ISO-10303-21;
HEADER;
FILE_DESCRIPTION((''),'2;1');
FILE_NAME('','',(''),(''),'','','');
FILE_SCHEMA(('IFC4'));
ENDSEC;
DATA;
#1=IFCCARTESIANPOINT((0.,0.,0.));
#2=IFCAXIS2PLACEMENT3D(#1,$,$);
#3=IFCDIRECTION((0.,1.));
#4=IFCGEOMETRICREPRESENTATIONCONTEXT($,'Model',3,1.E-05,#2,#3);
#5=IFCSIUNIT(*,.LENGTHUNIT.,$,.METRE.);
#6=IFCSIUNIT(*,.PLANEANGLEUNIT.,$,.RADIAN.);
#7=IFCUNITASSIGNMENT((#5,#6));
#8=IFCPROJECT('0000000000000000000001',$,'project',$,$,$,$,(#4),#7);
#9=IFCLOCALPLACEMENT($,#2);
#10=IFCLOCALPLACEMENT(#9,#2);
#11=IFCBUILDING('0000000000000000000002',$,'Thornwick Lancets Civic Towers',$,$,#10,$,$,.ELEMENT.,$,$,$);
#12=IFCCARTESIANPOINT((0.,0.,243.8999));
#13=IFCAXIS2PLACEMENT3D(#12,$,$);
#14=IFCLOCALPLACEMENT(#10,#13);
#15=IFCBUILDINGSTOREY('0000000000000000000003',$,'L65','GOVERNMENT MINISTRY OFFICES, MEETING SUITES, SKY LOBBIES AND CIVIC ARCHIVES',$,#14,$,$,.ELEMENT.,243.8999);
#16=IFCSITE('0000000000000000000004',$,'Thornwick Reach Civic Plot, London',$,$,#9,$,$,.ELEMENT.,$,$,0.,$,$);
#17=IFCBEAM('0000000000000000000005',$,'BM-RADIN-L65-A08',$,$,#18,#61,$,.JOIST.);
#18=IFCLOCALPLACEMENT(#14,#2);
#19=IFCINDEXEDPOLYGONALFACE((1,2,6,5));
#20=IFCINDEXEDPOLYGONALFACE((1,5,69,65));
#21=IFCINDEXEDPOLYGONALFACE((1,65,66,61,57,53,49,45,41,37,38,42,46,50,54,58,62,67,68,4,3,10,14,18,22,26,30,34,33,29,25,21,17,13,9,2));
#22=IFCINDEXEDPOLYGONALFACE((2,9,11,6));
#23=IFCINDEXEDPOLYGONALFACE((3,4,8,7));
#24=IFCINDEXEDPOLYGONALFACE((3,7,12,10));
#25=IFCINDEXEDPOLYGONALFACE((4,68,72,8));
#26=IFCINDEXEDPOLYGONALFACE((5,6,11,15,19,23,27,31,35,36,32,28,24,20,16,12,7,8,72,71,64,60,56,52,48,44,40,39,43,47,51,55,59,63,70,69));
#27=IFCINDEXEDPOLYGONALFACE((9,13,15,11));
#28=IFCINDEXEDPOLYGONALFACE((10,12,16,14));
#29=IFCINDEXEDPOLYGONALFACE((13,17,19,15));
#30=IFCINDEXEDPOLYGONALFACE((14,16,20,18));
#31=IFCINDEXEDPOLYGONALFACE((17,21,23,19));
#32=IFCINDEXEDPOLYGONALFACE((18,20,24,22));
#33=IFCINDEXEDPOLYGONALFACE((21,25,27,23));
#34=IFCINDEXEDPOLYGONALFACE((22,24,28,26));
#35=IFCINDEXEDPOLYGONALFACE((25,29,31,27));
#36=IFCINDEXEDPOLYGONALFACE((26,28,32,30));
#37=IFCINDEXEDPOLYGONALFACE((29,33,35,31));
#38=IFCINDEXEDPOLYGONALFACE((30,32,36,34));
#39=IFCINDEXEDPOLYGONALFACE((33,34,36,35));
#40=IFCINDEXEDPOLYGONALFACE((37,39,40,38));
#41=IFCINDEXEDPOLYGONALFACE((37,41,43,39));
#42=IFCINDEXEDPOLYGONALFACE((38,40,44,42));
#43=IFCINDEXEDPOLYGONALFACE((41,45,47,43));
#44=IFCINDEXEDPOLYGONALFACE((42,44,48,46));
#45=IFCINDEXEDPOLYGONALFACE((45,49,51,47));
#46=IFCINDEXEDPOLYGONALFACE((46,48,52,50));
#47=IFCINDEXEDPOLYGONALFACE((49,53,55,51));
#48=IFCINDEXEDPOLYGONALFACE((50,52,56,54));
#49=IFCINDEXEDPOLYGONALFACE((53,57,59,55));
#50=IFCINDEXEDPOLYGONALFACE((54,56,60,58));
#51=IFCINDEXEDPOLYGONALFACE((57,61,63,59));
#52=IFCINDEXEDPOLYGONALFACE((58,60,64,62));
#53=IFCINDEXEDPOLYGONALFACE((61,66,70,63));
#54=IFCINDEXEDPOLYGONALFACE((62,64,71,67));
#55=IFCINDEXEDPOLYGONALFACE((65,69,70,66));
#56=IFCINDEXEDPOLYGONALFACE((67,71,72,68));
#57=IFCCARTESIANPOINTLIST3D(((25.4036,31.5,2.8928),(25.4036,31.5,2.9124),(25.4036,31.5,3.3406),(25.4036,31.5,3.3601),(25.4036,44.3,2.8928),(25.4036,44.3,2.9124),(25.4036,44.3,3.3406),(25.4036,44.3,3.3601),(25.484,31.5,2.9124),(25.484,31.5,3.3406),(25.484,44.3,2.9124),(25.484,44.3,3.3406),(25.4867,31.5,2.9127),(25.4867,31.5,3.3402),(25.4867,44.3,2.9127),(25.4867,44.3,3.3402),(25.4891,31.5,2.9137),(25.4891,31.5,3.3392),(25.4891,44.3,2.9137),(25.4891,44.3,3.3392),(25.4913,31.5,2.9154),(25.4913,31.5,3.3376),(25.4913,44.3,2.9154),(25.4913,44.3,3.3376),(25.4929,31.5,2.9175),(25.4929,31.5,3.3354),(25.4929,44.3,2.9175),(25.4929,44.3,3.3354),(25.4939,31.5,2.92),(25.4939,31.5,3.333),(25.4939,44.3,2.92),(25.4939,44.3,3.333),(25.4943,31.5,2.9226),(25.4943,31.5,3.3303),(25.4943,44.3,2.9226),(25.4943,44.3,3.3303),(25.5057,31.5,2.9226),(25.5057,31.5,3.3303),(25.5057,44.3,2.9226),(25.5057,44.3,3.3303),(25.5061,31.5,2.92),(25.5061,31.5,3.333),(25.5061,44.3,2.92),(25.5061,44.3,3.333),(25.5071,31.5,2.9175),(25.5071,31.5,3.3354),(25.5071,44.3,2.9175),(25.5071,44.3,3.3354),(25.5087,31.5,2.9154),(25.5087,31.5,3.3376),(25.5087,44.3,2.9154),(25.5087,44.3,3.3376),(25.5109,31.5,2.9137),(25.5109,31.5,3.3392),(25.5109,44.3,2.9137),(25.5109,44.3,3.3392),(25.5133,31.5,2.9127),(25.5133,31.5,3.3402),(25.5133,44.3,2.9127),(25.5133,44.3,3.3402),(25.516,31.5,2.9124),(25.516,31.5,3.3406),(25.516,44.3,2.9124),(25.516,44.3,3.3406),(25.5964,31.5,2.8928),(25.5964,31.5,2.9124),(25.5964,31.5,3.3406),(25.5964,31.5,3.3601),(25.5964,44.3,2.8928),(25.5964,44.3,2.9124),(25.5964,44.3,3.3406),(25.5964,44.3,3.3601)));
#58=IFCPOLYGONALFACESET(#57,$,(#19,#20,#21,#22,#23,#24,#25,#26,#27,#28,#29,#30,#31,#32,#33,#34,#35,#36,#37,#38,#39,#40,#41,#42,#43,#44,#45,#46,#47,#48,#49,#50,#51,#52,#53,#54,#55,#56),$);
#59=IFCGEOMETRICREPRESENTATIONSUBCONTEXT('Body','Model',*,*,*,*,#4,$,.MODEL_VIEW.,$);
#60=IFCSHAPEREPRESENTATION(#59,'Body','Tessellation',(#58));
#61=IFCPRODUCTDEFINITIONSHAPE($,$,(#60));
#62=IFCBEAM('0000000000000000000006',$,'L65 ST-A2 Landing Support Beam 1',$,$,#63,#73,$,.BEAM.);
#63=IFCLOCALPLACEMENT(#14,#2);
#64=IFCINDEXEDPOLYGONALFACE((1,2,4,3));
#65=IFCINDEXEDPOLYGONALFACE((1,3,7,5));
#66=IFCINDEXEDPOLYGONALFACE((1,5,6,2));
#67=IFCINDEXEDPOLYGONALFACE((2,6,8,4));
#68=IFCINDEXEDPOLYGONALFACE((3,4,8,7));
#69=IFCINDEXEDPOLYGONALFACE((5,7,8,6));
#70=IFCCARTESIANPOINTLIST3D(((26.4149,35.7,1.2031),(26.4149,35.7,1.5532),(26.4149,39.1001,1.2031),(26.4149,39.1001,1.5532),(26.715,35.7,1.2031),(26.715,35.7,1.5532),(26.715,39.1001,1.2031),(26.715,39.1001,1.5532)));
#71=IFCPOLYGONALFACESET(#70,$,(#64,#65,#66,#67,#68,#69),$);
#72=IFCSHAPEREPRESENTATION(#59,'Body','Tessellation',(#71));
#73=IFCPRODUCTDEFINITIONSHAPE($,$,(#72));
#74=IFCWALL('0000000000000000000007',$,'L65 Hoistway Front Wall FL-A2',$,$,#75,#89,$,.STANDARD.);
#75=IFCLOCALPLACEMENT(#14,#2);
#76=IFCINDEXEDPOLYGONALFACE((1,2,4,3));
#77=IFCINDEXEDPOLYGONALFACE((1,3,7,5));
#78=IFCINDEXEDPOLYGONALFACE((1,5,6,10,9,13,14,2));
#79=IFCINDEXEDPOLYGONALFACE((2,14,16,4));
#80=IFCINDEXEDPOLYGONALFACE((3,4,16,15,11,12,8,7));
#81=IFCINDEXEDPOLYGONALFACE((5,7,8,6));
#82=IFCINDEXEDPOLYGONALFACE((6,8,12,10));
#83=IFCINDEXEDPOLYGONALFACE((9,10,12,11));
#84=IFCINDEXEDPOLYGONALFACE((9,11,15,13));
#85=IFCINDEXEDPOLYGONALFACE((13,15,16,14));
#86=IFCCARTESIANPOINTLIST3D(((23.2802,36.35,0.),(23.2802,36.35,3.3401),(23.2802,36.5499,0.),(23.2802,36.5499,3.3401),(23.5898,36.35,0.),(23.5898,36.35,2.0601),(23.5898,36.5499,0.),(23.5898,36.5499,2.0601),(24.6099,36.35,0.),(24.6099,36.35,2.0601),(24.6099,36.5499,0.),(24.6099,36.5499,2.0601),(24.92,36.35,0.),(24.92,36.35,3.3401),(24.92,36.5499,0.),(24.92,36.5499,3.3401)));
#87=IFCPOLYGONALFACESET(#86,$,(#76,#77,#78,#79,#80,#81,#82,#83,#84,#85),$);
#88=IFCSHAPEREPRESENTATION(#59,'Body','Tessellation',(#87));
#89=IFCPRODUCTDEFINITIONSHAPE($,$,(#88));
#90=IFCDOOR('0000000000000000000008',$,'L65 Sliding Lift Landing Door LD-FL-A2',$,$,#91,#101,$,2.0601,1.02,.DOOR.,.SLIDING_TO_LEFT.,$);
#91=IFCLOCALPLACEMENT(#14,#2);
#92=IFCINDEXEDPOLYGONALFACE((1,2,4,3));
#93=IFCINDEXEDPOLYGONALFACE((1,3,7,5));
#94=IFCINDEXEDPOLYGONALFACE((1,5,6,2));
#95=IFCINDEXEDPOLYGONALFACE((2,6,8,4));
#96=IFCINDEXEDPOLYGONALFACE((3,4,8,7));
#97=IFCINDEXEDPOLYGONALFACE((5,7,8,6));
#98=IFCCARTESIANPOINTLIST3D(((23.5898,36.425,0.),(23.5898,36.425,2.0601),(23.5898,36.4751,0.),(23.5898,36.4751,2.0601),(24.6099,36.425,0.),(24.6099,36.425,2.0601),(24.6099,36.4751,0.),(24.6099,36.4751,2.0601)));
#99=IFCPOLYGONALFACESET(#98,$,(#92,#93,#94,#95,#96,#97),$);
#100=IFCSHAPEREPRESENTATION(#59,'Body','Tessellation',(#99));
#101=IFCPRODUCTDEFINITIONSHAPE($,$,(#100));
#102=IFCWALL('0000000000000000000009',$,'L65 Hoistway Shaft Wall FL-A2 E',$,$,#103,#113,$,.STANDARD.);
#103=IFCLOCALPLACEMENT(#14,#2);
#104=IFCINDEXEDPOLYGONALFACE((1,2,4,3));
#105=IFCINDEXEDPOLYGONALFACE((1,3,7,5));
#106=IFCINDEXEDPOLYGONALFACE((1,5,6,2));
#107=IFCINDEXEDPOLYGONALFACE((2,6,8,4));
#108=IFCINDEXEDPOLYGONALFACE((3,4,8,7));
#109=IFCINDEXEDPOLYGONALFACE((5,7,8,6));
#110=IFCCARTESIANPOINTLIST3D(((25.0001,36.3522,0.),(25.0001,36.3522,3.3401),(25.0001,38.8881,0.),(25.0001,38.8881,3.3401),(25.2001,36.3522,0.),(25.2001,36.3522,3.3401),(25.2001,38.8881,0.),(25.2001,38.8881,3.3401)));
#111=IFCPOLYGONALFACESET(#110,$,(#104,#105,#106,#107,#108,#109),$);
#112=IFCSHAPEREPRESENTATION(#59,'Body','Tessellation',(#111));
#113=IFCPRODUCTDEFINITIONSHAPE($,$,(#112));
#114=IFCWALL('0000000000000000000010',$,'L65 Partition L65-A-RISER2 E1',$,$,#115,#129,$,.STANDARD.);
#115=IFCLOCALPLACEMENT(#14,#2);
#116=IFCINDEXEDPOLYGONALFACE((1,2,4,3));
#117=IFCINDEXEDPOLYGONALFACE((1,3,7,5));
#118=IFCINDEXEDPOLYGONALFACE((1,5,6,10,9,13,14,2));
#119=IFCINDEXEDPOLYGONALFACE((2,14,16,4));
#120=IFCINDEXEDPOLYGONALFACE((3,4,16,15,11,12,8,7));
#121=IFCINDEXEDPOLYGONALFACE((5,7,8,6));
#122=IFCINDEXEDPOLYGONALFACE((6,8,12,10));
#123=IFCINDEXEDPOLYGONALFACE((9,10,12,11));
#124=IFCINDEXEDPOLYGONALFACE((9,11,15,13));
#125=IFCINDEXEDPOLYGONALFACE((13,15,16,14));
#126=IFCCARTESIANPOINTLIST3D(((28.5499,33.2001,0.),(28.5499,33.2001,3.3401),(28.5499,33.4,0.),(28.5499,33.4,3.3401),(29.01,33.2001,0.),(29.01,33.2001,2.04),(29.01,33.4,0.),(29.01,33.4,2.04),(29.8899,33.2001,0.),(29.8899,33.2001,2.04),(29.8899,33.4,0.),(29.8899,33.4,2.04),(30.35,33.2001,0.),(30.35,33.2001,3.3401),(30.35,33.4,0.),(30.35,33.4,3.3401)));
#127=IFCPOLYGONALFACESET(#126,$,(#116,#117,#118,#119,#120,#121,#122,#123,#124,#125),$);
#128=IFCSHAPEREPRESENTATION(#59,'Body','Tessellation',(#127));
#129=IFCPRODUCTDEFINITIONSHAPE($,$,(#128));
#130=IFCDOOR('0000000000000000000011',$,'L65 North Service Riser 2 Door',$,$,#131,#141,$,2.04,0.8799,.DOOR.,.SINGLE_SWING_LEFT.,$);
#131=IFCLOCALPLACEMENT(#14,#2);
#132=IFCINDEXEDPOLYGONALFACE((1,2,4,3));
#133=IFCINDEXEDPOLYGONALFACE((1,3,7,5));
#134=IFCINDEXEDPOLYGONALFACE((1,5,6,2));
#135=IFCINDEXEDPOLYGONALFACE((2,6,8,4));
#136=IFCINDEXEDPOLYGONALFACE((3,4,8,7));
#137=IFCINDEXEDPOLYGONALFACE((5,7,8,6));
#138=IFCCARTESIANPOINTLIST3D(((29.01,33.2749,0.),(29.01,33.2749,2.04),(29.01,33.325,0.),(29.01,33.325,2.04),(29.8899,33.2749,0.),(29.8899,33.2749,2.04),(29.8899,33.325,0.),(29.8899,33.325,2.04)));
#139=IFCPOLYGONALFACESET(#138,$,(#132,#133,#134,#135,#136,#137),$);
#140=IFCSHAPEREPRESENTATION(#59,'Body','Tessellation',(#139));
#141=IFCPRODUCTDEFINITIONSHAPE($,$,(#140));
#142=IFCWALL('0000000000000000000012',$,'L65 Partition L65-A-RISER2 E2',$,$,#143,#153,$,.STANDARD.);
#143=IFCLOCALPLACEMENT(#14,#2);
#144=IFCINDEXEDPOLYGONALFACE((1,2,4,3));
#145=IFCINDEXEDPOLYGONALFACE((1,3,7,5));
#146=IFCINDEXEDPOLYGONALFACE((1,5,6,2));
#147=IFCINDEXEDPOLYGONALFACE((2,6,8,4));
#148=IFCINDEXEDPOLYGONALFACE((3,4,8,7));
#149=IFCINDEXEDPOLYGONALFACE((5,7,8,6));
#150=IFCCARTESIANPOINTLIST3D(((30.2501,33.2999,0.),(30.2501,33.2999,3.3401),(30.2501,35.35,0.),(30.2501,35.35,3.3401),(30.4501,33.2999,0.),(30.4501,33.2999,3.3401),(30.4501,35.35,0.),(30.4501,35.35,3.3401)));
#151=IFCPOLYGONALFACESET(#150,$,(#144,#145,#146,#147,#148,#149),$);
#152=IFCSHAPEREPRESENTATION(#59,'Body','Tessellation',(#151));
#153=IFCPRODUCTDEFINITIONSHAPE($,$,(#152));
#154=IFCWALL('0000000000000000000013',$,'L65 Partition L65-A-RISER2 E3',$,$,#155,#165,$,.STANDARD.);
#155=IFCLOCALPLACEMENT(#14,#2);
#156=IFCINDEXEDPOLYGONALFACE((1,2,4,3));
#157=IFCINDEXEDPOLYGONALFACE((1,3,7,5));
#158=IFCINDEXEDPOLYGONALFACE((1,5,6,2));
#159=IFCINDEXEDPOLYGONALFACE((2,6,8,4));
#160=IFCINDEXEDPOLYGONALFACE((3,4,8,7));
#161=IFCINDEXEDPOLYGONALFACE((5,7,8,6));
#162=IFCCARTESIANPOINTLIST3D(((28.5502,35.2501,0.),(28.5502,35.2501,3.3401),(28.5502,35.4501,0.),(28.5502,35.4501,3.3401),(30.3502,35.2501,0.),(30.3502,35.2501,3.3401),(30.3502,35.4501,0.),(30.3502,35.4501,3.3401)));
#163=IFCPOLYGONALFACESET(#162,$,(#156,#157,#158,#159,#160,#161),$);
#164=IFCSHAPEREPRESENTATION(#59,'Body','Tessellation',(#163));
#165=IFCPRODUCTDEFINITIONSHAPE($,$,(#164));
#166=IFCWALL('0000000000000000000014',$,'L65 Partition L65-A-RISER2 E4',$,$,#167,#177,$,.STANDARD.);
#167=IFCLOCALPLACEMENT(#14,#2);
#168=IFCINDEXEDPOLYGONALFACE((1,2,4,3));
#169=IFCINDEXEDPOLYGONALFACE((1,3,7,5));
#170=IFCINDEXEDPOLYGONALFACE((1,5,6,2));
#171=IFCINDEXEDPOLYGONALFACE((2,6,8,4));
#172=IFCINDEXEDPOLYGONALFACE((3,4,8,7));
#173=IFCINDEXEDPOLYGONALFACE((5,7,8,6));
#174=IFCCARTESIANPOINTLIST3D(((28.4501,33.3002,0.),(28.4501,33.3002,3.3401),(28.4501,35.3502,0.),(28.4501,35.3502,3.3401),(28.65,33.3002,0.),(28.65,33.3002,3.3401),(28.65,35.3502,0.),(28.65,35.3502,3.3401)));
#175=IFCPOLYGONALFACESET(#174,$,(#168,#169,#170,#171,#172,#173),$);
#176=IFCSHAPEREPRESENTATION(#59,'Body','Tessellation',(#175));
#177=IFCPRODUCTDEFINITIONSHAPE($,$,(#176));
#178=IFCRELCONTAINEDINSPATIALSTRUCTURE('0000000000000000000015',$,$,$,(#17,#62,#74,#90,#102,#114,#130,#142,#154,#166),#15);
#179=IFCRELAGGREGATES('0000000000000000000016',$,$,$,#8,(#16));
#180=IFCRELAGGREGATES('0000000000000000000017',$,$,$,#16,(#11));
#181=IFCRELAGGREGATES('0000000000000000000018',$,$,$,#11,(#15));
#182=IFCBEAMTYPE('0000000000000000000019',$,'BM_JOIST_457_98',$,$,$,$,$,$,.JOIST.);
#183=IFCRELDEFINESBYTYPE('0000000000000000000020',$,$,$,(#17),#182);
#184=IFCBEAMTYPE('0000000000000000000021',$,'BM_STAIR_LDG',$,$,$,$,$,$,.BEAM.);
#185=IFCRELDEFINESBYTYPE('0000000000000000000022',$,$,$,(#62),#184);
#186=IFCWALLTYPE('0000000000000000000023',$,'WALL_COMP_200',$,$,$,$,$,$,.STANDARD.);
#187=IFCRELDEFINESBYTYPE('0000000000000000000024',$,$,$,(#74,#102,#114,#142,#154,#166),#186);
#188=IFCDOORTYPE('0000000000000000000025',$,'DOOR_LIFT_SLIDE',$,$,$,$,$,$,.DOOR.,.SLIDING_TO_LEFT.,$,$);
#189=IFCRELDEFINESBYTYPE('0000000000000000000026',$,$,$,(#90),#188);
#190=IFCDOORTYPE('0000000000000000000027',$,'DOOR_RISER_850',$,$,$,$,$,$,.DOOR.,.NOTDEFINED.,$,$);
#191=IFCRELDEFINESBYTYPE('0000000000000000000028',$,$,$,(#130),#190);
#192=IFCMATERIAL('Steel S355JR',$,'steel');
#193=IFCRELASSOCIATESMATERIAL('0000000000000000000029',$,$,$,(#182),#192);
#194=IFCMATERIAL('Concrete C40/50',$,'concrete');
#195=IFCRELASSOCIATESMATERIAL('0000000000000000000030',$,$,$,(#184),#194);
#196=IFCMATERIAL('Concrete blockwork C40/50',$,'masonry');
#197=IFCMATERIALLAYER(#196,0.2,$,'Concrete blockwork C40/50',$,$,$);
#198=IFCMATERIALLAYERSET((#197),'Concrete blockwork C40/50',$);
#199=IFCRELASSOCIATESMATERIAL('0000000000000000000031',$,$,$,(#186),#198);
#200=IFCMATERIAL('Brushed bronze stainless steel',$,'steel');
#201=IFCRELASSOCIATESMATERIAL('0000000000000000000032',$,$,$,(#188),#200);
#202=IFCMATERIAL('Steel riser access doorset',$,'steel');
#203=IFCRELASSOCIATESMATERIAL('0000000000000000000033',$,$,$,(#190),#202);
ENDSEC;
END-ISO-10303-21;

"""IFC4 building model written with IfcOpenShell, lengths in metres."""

from ifc_helpers import new_model, si_unit, direction, frame, frame_2d, origin, origin_2d, place, context, subcontext, project, spatial, rectangle, i_section, extrude, material, layer, layer_set, material_profile, profile_set, type_object, element, fill, save


model = new_model("IFC4")

# Units and contexts
model_context = context("Model", 3, precision=1e-05, world=origin(), true_north=direction((0.0, 1.0)))
body_context = subcontext(model_context, "Body", "Model", "MODEL_VIEW")
ifc_project = project(units=[si_unit("LENGTHUNIT", "METRE"), si_unit("PLANEANGLEUNIT", "RADIAN")], contexts=[model_context])

# Site, building, storey
site_placement = place(None, origin())
site = spatial("IfcSite", under=ifc_project, at=site_placement, Name="Thornwick Reach Civic Plot, London", CompositionType="ELEMENT", RefElevation=0.0)
building_placement = place(site_placement, origin())
building = spatial("IfcBuilding", under=site, at=building_placement, Name="Thornwick Lancets Civic Towers", CompositionType="ELEMENT")
storey_placement = place(building_placement, frame((0.0, 0.0, 243.8999)))
storey = spatial("IfcBuildingStorey", under=building, at=storey_placement, Name="L65", Description="GOVERNMENT MINISTRY OFFICES, MEETING SUITES, SKY LOBBIES AND CIVIC ARCHIVES", CompositionType="ELEMENT", Elevation=243.8999)

# Beams
ifc_material_1 = material(Name="Steel S355JR", Category="steel")
ifc_material_profile_1 = material_profile(ifc_material_1, i_section(OverallWidth=0.1929, OverallDepth=0.4673, WebThickness=0.0115, FlangeThickness=0.0195, FilletRadius=0.0103, at=origin_2d()), Name="UKB 457x191x98")
ifc_profile_set_1 = profile_set([ifc_material_profile_1], Name="Steel S355JR")
beam_type_1 = type_object("IfcBeamType", Name="BM_JOIST_457_98", PredefinedType="JOIST", material=ifc_profile_set_1)
beam_1_placement = place(storey_placement, frame((25.5, 31.5, 3.1265), z_axis=(0.0, 1.0, 0.0), x_axis=(-1.0, 0.0, 0.0)))
element("IfcBeam", 1, at=beam_1_placement, inside=storey, type_object=beam_type_1, Name="BM-RADIN-L65-A08", PredefinedType="JOIST", context=body_context, shape_type="SweptSolid", body=[
    extrude(i_section(OverallWidth=0.1929, OverallDepth=0.4673, WebThickness=0.0115, FlangeThickness=0.0195, FilletRadius=0.0103, at=origin_2d()), origin(), (0.0, 0.0, 1.0), 12.8),
])
ifc_material_2 = material(Name="Concrete C40/50", Category="concrete")
ifc_material_profile_2 = material_profile(ifc_material_2, rectangle(XDim=0.3, YDim=0.3501, at=origin_2d()), Name="RC 300x350")
ifc_profile_set_2 = profile_set([ifc_material_profile_2], Name="Concrete C40/50")
beam_type_2 = type_object("IfcBeamType", Name="BM_STAIR_LDG", PredefinedType="BEAM", material=ifc_profile_set_2)
beam_2_placement = place(storey_placement, frame((26.5649, 39.1001, 1.3782), z_axis=(0.0, -1.0, 0.0), x_axis=(1.0, 0.0, 0.0)))
element("IfcBeam", 2, at=beam_2_placement, inside=storey, type_object=beam_type_2, Name="L65 ST-A2 Landing Support Beam 1", PredefinedType="BEAM", context=body_context, shape_type="SweptSolid", body=[
    extrude(rectangle(XDim=0.3, YDim=0.3501, at=origin_2d()), origin(), (0.0, 0.0, 1.0), 3.4001),
])

# Wall, opening, door
ifc_material_3 = material(Name="Concrete blockwork C40/50", Category="masonry")
ifc_layer_1 = layer(ifc_material_3, 0.2, Name="Concrete blockwork C40/50")
ifc_layer_set_1 = layer_set([ifc_layer_1], Name="Concrete blockwork C40/50")
wall_type_1 = type_object("IfcWallType", Name="WALL_COMP_200", PredefinedType="STANDARD", material=ifc_layer_set_1)
wall_1_placement = place(storey_placement, frame((24.9199, 36.45, 0.0), z_axis=(0.0, 0.0, 1.0), x_axis=(-1.0, 0.0, 0.0)))
wall_1 = element("IfcWall", 3, at=wall_1_placement, inside=storey, type_object=wall_type_1, Name="L65 Hoistway Front Wall FL-A2", PredefinedType="STANDARD", context=body_context, shape_type="SweptSolid", body=[
    extrude(rectangle(XDim=1.6399, YDim=0.2, at=frame_2d((0.8198, 0.0))), origin(), (0.0, 0.0, 1.0), 3.3401),
])
opening_1_placement = place(wall_1_placement, frame((0.3101, 0.0, 0.0)))
opening_1 = element("IfcOpeningElement", 4, at=opening_1_placement, cuts=wall_1, PredefinedType="OPENING", context=body_context, shape_type="SweptSolid", body=[
    extrude(rectangle(XDim=1.02, YDim=2.0601, at=frame_2d((0.51, 1.03))), frame((0.0, 0.1099, 0.0), z_axis=(0.0, -1.0, 0.0), x_axis=(1.0, 0.0, 0.0)), (0.0, 0.0, 1.0), 0.22),
])
ifc_material_4 = material(Name="Brushed bronze stainless steel", Category="steel")
door_type_1 = type_object("IfcDoorType", Name="DOOR_LIFT_SLIDE", OperationType="SLIDING_TO_LEFT", PredefinedType="DOOR", material=ifc_material_4)
door_1_placement = place(opening_1_placement, origin())
door_1 = element("IfcDoor", 5, at=door_1_placement, inside=storey, type_object=door_type_1, Name="L65 Sliding Lift Landing Door LD-FL-A2", OperationType="SLIDING_TO_LEFT", OverallHeight=2.0601, OverallWidth=1.02, PredefinedType="DOOR", context=body_context, shape_type="SweptSolid", body=[
    extrude(rectangle(XDim=1.02, YDim=2.0601, at=frame_2d((0.51, 1.03))), frame((0.0, 0.0249, 0.0), z_axis=(0.0, -1.0, 0.0), x_axis=(1.0, 0.0, 0.0)), (0.0, 0.0, 1.0), 0.05),
])
fill(opening_1, door_1)

# Wall
wall_2_placement = place(storey_placement, frame((25.1001, 36.3521, 0.0), z_axis=(0.0, 0.0, 1.0), x_axis=(0.0, 1.0, 0.0)))
element("IfcWall", 6, at=wall_2_placement, inside=storey, type_object=wall_type_1, Name="L65 Hoistway Shaft Wall FL-A2 E", PredefinedType="STANDARD", context=body_context, shape_type="SweptSolid", body=[
    extrude(rectangle(XDim=2.5359, YDim=0.2, at=frame_2d((1.2681, 0.0))), origin(), (0.0, 0.0, 1.0), 3.3401),
])

# Wall, opening, door
wall_3_placement = place(storey_placement, frame((28.55, 33.3, 0.0), z_axis=(0.0, 0.0, 1.0), x_axis=(1.0, 0.0, 0.0)))
wall_3 = element("IfcWall", 7, at=wall_3_placement, inside=storey, type_object=wall_type_1, Name="L65 Partition L65-A-RISER2 E1", PredefinedType="STANDARD", context=body_context, shape_type="SweptSolid", body=[
    extrude(rectangle(XDim=1.8, YDim=0.2, at=frame_2d((0.8999, 0.0))), origin(), (0.0, 0.0, 1.0), 3.3401),
])
opening_2_placement = place(wall_3_placement, frame((0.46, 0.0, 0.0)))
opening_2 = element("IfcOpeningElement", 8, at=opening_2_placement, cuts=wall_3, PredefinedType="OPENING", context=body_context, shape_type="SweptSolid", body=[
    extrude(rectangle(XDim=0.8799, YDim=2.04, at=frame_2d((0.4399, 1.02))), frame((0.0, 0.1099, 0.0), z_axis=(0.0, -1.0, 0.0), x_axis=(1.0, 0.0, 0.0)), (0.0, 0.0, 1.0), 0.22),
])
ifc_material_5 = material(Name="Steel riser access doorset", Category="steel")
door_type_2 = type_object("IfcDoorType", Name="DOOR_RISER_850", OperationType="NOTDEFINED", PredefinedType="DOOR", material=ifc_material_5)
door_2_placement = place(opening_2_placement, origin())
door_2 = element("IfcDoor", 9, at=door_2_placement, inside=storey, type_object=door_type_2, Name="L65 North Service Riser 2 Door", OperationType="SINGLE_SWING_LEFT", OverallHeight=2.04, OverallWidth=0.8799, PredefinedType="DOOR", context=body_context, shape_type="SweptSolid", body=[
    extrude(rectangle(XDim=0.8799, YDim=2.04, at=frame_2d((0.4399, 1.02))), frame((0.0, 0.0249, 0.0), z_axis=(0.0, -1.0, 0.0), x_axis=(1.0, 0.0, 0.0)), (0.0, 0.0, 1.0), 0.05),
])
fill(opening_2, door_2)

# Walls
wall_4_placement = place(storey_placement, frame((30.3501, 33.3, 0.0), z_axis=(0.0, 0.0, 1.0), x_axis=(0.0, 1.0, 0.0)))
element("IfcWall", 10, at=wall_4_placement, inside=storey, type_object=wall_type_1, Name="L65 Partition L65-A-RISER2 E2", PredefinedType="STANDARD", context=body_context, shape_type="SweptSolid", body=[
    extrude(rectangle(XDim=2.05, YDim=0.2, at=frame_2d((1.0249, 0.0))), origin(), (0.0, 0.0, 1.0), 3.3401),
])
wall_5_placement = place(storey_placement, frame((30.3501, 35.3501, 0.0), z_axis=(0.0, 0.0, 1.0), x_axis=(-1.0, 0.0, 0.0)))
element("IfcWall", 11, at=wall_5_placement, inside=storey, type_object=wall_type_1, Name="L65 Partition L65-A-RISER2 E3", PredefinedType="STANDARD", context=body_context, shape_type="SweptSolid", body=[
    extrude(rectangle(XDim=1.8, YDim=0.2, at=frame_2d((0.8999, 0.0))), origin(), (0.0, 0.0, 1.0), 3.3401),
])
wall_6_placement = place(storey_placement, frame((28.55, 35.3501, 0.0), z_axis=(0.0, 0.0, 1.0), x_axis=(0.0, -1.0, 0.0)))
element("IfcWall", 12, at=wall_6_placement, inside=storey, type_object=wall_type_1, Name="L65 Partition L65-A-RISER2 E4", PredefinedType="STANDARD", context=body_context, shape_type="SweptSolid", body=[
    extrude(rectangle(XDim=2.05, YDim=0.2, at=frame_2d((1.0249, 0.0))), origin(), (0.0, 0.0, 1.0), 3.3401),
])

save(model, "model.ifc")
